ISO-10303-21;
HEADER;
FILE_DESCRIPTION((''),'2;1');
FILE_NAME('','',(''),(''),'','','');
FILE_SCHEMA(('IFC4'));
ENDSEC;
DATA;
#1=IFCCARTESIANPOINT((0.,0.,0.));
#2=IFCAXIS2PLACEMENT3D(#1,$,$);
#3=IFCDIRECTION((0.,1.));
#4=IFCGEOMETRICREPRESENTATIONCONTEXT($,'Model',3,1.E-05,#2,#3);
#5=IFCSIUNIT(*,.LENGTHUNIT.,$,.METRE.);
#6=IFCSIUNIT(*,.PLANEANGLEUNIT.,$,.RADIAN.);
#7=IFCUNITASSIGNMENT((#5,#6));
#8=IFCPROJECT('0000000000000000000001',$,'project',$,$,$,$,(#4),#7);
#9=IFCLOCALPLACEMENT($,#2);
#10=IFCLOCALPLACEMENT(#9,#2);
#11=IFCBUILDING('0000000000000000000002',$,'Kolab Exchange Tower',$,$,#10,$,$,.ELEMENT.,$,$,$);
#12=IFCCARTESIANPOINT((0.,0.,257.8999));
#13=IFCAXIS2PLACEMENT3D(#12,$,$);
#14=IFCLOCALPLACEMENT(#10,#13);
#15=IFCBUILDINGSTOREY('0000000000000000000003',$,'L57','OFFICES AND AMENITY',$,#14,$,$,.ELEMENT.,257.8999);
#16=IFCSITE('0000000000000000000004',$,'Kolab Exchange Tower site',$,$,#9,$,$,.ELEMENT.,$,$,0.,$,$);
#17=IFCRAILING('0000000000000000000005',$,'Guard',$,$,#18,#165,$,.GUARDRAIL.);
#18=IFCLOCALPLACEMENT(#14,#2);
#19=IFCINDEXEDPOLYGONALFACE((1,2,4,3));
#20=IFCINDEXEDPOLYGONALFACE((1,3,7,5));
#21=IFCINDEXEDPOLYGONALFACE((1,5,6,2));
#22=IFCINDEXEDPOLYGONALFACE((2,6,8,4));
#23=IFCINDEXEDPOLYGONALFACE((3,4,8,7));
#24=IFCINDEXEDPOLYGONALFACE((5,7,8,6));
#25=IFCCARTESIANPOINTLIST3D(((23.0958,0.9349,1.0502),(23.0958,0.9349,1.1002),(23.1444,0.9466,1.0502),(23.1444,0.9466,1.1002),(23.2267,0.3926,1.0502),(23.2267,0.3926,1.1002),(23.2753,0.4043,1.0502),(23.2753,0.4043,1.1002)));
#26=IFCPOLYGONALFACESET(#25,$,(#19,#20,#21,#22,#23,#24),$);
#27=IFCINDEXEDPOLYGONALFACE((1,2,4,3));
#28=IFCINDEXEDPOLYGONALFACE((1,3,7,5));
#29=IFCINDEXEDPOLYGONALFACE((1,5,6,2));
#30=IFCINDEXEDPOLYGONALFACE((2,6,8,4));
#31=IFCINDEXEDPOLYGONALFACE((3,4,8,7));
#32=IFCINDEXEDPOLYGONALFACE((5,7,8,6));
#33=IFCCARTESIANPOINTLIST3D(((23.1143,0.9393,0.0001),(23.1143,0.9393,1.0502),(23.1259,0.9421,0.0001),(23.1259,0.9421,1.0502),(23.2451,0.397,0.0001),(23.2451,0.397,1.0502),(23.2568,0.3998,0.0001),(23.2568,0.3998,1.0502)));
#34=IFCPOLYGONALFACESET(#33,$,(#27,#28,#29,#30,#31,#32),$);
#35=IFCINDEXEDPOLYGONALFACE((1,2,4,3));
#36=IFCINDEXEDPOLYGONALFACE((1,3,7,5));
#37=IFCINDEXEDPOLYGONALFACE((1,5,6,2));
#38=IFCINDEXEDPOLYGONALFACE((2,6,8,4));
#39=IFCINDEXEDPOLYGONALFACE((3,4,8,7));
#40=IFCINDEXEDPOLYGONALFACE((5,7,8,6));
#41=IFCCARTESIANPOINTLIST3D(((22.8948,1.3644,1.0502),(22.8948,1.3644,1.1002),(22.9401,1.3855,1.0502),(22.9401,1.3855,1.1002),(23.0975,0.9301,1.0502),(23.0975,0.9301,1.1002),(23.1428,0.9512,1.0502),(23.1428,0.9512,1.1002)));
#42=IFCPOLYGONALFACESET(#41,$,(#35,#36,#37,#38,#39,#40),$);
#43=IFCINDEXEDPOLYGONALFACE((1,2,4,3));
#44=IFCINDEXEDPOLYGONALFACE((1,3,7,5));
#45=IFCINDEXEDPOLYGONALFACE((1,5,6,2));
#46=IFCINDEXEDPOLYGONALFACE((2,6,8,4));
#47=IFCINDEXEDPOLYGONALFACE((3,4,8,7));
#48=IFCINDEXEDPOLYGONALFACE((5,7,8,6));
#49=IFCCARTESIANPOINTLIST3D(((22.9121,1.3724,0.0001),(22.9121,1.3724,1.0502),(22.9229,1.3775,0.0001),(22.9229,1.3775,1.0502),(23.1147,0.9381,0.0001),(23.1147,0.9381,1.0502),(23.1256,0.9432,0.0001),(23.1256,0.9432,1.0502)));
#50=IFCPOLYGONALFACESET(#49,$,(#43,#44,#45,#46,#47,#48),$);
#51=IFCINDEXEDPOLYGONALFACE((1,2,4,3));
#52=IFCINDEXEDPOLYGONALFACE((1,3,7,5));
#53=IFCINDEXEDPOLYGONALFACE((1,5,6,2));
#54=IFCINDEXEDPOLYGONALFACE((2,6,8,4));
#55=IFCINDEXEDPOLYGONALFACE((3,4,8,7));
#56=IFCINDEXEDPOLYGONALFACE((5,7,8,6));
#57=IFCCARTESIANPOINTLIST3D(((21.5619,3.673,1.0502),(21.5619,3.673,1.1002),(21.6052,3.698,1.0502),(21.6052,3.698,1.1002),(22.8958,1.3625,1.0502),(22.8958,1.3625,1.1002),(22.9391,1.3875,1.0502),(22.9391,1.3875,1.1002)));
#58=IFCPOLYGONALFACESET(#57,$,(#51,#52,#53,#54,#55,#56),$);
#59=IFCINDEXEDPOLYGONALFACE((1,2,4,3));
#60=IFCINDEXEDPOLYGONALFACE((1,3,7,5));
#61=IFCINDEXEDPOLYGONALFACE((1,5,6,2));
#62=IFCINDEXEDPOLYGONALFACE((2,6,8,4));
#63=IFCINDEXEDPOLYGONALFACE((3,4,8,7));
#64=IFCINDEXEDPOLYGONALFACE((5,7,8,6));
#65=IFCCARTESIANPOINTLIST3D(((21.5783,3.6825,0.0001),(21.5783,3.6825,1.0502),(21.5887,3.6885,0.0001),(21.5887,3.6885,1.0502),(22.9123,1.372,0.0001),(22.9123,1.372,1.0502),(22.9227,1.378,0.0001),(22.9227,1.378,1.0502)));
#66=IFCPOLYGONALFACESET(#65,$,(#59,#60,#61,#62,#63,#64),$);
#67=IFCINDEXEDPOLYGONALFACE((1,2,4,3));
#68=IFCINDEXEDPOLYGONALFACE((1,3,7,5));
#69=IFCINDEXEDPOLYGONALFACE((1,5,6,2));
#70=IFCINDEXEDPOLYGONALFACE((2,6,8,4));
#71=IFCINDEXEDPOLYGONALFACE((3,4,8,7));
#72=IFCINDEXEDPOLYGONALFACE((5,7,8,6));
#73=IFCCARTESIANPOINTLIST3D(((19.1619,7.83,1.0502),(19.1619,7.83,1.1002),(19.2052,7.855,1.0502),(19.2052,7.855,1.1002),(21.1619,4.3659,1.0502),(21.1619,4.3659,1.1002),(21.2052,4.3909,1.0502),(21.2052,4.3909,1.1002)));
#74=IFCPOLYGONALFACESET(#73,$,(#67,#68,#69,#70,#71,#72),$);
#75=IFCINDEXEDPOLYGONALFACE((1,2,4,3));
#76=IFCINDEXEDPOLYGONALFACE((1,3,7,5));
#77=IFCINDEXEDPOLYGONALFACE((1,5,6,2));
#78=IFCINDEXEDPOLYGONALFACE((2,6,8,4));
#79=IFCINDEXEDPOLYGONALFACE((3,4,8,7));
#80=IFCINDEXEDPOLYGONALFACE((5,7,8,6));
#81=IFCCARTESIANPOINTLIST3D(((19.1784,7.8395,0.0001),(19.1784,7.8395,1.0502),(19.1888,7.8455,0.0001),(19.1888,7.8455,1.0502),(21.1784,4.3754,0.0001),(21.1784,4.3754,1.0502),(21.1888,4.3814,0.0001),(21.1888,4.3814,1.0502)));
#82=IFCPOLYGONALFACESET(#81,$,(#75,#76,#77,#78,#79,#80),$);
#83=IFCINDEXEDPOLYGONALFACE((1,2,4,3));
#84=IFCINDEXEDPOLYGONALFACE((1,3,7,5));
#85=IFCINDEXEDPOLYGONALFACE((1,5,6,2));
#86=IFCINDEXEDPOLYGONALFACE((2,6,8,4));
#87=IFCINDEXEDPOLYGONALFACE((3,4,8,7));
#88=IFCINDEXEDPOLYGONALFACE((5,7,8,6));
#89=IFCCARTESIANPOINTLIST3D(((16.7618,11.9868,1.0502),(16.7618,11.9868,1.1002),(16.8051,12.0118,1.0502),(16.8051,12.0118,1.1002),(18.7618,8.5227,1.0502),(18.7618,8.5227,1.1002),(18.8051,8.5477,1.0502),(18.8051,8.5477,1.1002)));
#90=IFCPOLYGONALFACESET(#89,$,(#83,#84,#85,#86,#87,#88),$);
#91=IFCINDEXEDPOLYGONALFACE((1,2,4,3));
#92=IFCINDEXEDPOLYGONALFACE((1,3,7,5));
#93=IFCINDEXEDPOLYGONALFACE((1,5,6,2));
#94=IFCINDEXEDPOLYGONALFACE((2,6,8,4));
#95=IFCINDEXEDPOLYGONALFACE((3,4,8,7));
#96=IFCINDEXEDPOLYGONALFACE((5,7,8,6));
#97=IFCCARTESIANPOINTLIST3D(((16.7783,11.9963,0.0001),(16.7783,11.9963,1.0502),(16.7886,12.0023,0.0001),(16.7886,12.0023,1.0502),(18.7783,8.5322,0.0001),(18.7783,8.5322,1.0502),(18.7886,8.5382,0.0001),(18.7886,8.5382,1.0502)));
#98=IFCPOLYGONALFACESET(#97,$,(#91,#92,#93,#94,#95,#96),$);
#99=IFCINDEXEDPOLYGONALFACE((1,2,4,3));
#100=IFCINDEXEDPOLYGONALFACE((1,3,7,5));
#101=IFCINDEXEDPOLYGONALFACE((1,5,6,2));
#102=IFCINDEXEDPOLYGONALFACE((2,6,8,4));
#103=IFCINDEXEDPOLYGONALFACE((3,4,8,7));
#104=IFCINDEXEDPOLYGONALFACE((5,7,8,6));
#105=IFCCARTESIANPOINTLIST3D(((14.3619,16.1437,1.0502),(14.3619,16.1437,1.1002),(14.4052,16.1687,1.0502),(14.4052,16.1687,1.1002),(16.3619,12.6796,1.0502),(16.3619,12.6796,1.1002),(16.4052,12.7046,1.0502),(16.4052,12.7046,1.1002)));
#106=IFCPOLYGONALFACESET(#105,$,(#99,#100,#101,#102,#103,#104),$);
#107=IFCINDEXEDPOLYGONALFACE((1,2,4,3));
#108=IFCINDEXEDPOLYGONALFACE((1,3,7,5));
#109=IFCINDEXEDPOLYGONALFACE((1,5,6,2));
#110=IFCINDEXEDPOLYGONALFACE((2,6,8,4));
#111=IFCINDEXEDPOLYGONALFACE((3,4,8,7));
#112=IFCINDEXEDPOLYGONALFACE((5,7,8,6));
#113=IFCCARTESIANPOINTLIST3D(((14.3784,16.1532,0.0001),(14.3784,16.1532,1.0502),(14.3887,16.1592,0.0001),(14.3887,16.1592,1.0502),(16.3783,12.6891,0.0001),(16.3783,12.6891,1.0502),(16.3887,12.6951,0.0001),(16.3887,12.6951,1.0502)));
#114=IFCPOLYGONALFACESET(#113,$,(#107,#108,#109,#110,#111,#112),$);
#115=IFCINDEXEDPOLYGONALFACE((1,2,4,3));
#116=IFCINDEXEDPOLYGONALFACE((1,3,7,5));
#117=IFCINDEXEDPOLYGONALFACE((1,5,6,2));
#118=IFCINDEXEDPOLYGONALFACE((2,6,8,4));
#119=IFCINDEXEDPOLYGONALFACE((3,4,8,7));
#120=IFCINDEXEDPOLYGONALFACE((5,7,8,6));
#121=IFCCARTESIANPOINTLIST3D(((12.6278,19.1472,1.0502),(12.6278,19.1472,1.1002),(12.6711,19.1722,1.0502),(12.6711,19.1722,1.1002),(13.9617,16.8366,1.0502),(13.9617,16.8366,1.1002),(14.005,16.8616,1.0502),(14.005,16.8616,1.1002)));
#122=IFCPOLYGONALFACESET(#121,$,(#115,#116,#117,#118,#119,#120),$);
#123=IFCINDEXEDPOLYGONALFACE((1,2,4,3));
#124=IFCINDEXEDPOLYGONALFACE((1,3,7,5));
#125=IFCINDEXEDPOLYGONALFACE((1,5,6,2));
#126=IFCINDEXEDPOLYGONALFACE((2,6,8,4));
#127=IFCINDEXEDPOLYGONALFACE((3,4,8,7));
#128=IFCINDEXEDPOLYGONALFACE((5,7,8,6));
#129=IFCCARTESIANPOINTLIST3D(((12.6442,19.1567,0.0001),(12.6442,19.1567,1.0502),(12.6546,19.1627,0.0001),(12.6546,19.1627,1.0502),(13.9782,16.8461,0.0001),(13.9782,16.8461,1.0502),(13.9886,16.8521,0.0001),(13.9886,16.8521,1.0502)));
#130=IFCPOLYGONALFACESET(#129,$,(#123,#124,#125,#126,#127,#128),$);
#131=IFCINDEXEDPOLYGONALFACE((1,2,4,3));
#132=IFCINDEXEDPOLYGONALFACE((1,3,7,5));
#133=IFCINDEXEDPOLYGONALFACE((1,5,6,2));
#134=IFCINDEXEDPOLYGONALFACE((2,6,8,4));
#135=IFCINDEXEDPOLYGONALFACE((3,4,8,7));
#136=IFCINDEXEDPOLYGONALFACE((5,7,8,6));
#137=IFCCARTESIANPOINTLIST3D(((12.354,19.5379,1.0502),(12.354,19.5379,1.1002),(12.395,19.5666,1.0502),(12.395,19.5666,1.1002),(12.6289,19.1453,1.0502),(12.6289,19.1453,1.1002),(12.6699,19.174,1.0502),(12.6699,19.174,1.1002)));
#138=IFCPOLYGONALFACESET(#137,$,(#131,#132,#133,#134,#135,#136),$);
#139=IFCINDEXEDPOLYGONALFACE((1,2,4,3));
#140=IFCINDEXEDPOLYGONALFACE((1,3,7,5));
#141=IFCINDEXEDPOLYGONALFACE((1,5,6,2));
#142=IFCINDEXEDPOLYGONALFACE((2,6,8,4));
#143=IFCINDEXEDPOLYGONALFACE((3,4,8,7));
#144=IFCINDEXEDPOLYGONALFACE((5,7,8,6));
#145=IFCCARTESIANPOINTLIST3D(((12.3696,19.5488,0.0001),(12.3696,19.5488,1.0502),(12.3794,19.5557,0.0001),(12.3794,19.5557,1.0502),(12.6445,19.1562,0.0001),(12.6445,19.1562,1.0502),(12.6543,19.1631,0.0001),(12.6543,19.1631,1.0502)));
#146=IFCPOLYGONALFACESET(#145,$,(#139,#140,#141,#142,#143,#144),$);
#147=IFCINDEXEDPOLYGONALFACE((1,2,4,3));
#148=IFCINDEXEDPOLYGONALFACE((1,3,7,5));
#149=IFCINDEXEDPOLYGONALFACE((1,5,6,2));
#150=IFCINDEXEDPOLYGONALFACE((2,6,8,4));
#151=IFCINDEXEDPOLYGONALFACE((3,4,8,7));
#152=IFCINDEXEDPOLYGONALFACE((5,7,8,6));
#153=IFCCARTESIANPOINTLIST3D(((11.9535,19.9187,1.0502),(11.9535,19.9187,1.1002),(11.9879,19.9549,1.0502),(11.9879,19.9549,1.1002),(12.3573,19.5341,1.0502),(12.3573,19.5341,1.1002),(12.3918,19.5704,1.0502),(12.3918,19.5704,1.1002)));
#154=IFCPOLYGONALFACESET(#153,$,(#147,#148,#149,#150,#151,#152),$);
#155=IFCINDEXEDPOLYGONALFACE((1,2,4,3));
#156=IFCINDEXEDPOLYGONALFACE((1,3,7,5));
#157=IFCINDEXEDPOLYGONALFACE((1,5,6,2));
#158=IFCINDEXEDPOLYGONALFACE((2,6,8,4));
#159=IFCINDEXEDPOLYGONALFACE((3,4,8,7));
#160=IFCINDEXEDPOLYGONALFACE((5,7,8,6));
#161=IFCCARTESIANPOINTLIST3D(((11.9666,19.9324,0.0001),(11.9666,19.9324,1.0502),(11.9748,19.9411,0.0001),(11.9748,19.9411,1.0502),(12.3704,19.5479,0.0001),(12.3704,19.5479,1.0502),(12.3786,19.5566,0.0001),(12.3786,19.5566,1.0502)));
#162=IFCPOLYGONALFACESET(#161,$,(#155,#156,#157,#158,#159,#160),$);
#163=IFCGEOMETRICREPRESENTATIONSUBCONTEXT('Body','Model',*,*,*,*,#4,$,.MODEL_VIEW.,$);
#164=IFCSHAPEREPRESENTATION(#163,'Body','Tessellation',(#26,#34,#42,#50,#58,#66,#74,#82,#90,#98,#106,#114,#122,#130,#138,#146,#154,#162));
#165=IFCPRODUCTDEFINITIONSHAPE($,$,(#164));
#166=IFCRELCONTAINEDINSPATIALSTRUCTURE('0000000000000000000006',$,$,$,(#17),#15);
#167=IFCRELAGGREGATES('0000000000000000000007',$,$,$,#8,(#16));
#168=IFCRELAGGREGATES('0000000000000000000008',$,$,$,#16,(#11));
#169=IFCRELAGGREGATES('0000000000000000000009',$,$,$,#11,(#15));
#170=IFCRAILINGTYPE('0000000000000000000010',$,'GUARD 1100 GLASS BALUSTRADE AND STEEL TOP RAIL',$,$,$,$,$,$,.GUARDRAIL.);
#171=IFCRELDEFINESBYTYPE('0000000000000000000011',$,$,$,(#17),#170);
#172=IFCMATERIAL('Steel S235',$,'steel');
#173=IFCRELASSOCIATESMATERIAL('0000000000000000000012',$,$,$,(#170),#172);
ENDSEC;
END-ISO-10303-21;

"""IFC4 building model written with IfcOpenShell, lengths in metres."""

from ifc_helpers import new_model, si_unit, direction, frame, frame_2d, origin, origin_2d, place, context, subcontext, project, spatial, rectangle, extrude, material, type_object, element, save


model = new_model("IFC4")

# Units and contexts
model_context = context("Model", 3, precision=1e-05, world=origin(), true_north=direction((0.0, 1.0)))
body_context = subcontext(model_context, "Body", "Model", "MODEL_VIEW")
ifc_project = project(units=[si_unit("LENGTHUNIT", "METRE"), si_unit("PLANEANGLEUNIT", "RADIAN")], contexts=[model_context])

# Site, building, storey
site_placement = place(None, origin())
site = spatial("IfcSite", under=ifc_project, at=site_placement, Name="Kolab Exchange Tower site", CompositionType="ELEMENT", RefElevation=0.0)
building_placement = place(site_placement, origin())
building = spatial("IfcBuilding", under=site, at=building_placement, Name="Kolab Exchange Tower", CompositionType="ELEMENT")
storey_placement = place(building_placement, frame((0.0, 0.0, 257.8999)))
storey = spatial("IfcBuildingStorey", under=building, at=storey_placement, Name="L57", Description="OFFICES AND AMENITY", CompositionType="ELEMENT", Elevation=257.8999)

# Shared definitions
ifc_material_1 = material(Name="Steel S235", Category="steel")

# Railing
railing_type = type_object("IfcRailingType", Name="GUARD 1100 GLASS BALUSTRADE AND STEEL TOP RAIL", PredefinedType="GUARDRAIL", material=ifc_material_1)
railing_placement = place(storey_placement, frame((23.251, 0.3984, 0.0)))
element("IfcRailing", 1, at=railing_placement, inside=storey, type_object=railing_type, Name="Guard", PredefinedType="GUARDRAIL", context=body_context, shape_type="SweptSolid", body=[
    extrude(rectangle(XDim=0.05, YDim=0.05, at=origin_2d()), frame((0.0, 0.0, 1.0752), z_axis=(-0.234598, 0.972093, 0.0), x_axis=(-0.972093, -0.234598, 0.0)), (0.0, 0.0, 1.0), 0.5579),
    extrude(rectangle(XDim=0.012, YDim=1.0501, at=frame_2d((0.0, 0.5251))), frame((0.0, 0.0, 0.0), z_axis=(-0.234598, 0.972093, 0.0), x_axis=(-0.972093, -0.234598, 0.0)), (0.0, 0.0, 1.0), 0.5579),
    extrude(rectangle(XDim=0.05, YDim=0.05, at=origin_2d()), frame((-0.1309, 0.5422, 1.0752), z_axis=(-0.422802, 0.906222, 0.0), x_axis=(-0.906222, -0.422802, 0.0)), (0.0, 0.0, 1.0), 0.4792),
    extrude(rectangle(XDim=0.012, YDim=1.0501, at=frame_2d((0.0, 0.5251))), frame((-0.1309, 0.5422, 0.0), z_axis=(-0.422802, 0.906222, 0.0), x_axis=(-0.906222, -0.422802, 0.0)), (0.0, 0.0, 1.0), 0.4792),
    extrude(rectangle(XDim=0.05, YDim=0.05, at=origin_2d()), frame((-0.3335, 0.9766, 1.0752), z_axis=(-0.499997, 0.866027, 0.0), x_axis=(-0.866027, -0.499997, 0.0)), (0.0, 0.0, 1.0), 2.668),
    extrude(rectangle(XDim=0.012, YDim=1.0501, at=frame_2d((0.0, 0.5251))), frame((-0.3335, 0.9766, 0.0), z_axis=(-0.499997, 0.866027, 0.0), x_axis=(-0.866027, -0.499997, 0.0)), (0.0, 0.0, 1.0), 2.668),
    extrude(rectangle(XDim=0.05, YDim=0.05, at=origin_2d()), frame((-2.0674, 3.98, 1.0752), z_axis=(-0.499999, 0.866026, 0.0), x_axis=(-0.866026, -0.499999, 0.0)), (0.0, 0.0, 1.0), 4.0),
    extrude(rectangle(XDim=0.012, YDim=1.0501, at=frame_2d((0.0, 0.5251))), frame((-2.0674, 3.98, 0.0), z_axis=(-0.499999, 0.866026, 0.0), x_axis=(-0.866026, -0.499999, 0.0)), (0.0, 0.0, 1.0), 4.0),
    extrude(rectangle(XDim=0.05, YDim=0.05, at=origin_2d()), frame((-4.4675, 8.1367, 1.0752), z_axis=(-0.499999, 0.866026, 0.0), x_axis=(-0.866026, -0.499999, 0.0)), (0.0, 0.0, 1.0), 4.0),
    extrude(rectangle(XDim=0.012, YDim=1.0501, at=frame_2d((0.0, 0.5251))), frame((-4.4675, 8.1367, 0.0), z_axis=(-0.499999, 0.866026, 0.0), x_axis=(-0.866026, -0.499999, 0.0)), (0.0, 0.0, 1.0), 4.0),
    extrude(rectangle(XDim=0.05, YDim=0.05, at=origin_2d()), frame((-6.8674, 12.2937, 1.0752), z_axis=(-0.499999, 0.866026, 0.0), x_axis=(-0.866026, -0.499999, 0.0)), (0.0, 0.0, 1.0), 4.0),
    extrude(rectangle(XDim=0.012, YDim=1.0501, at=frame_2d((0.0, 0.5251))), frame((-6.8674, 12.2937, 0.0), z_axis=(-0.499999, 0.866026, 0.0), x_axis=(-0.866026, -0.499999, 0.0)), (0.0, 0.0, 1.0), 4.0),
    extrude(rectangle(XDim=0.05, YDim=0.05, at=origin_2d()), frame((-9.2676, 16.4507, 1.0752), z_axis=(-0.499997, 0.866027, 0.0), x_axis=(-0.866027, -0.499997, 0.0)), (0.0, 0.0, 1.0), 2.668),
    extrude(rectangle(XDim=0.012, YDim=1.0501, at=frame_2d((0.0, 0.5251))), frame((-9.2676, 16.4507, 0.0), z_axis=(-0.499997, 0.866027, 0.0), x_axis=(-0.866027, -0.499997, 0.0)), (0.0, 0.0, 1.0), 2.668),
    extrude(rectangle(XDim=0.05, YDim=0.05, at=origin_2d()), frame((-10.6016, 18.7612, 1.0752), z_axis=(-0.573599, 0.819136, 0.0), x_axis=(-0.819136, -0.573599, 0.0)), (0.0, 0.0, 1.0), 0.4792),
    extrude(rectangle(XDim=0.012, YDim=1.0501, at=frame_2d((0.0, 0.5251))), frame((-10.6016, 18.7612, 0.0), z_axis=(-0.573599, 0.819136, 0.0), x_axis=(-0.819136, -0.573599, 0.0)), (0.0, 0.0, 1.0), 0.4792),
    extrude(rectangle(XDim=0.05, YDim=0.05, at=origin_2d()), frame((-10.8765, 19.1538, 1.0752), z_axis=(-0.72419, 0.689601, 0.0), x_axis=(-0.689601, -0.72419, 0.0)), (0.0, 0.0, 1.0), 0.5576),
    extrude(rectangle(XDim=0.012, YDim=1.0501, at=frame_2d((0.0, 0.5251))), frame((-10.8765, 19.1538, 0.0), z_axis=(-0.72419, 0.689601, 0.0), x_axis=(-0.689601, -0.72419, 0.0)), (0.0, 0.0, 1.0), 0.5576),
])

save(model, "model.ifc")
